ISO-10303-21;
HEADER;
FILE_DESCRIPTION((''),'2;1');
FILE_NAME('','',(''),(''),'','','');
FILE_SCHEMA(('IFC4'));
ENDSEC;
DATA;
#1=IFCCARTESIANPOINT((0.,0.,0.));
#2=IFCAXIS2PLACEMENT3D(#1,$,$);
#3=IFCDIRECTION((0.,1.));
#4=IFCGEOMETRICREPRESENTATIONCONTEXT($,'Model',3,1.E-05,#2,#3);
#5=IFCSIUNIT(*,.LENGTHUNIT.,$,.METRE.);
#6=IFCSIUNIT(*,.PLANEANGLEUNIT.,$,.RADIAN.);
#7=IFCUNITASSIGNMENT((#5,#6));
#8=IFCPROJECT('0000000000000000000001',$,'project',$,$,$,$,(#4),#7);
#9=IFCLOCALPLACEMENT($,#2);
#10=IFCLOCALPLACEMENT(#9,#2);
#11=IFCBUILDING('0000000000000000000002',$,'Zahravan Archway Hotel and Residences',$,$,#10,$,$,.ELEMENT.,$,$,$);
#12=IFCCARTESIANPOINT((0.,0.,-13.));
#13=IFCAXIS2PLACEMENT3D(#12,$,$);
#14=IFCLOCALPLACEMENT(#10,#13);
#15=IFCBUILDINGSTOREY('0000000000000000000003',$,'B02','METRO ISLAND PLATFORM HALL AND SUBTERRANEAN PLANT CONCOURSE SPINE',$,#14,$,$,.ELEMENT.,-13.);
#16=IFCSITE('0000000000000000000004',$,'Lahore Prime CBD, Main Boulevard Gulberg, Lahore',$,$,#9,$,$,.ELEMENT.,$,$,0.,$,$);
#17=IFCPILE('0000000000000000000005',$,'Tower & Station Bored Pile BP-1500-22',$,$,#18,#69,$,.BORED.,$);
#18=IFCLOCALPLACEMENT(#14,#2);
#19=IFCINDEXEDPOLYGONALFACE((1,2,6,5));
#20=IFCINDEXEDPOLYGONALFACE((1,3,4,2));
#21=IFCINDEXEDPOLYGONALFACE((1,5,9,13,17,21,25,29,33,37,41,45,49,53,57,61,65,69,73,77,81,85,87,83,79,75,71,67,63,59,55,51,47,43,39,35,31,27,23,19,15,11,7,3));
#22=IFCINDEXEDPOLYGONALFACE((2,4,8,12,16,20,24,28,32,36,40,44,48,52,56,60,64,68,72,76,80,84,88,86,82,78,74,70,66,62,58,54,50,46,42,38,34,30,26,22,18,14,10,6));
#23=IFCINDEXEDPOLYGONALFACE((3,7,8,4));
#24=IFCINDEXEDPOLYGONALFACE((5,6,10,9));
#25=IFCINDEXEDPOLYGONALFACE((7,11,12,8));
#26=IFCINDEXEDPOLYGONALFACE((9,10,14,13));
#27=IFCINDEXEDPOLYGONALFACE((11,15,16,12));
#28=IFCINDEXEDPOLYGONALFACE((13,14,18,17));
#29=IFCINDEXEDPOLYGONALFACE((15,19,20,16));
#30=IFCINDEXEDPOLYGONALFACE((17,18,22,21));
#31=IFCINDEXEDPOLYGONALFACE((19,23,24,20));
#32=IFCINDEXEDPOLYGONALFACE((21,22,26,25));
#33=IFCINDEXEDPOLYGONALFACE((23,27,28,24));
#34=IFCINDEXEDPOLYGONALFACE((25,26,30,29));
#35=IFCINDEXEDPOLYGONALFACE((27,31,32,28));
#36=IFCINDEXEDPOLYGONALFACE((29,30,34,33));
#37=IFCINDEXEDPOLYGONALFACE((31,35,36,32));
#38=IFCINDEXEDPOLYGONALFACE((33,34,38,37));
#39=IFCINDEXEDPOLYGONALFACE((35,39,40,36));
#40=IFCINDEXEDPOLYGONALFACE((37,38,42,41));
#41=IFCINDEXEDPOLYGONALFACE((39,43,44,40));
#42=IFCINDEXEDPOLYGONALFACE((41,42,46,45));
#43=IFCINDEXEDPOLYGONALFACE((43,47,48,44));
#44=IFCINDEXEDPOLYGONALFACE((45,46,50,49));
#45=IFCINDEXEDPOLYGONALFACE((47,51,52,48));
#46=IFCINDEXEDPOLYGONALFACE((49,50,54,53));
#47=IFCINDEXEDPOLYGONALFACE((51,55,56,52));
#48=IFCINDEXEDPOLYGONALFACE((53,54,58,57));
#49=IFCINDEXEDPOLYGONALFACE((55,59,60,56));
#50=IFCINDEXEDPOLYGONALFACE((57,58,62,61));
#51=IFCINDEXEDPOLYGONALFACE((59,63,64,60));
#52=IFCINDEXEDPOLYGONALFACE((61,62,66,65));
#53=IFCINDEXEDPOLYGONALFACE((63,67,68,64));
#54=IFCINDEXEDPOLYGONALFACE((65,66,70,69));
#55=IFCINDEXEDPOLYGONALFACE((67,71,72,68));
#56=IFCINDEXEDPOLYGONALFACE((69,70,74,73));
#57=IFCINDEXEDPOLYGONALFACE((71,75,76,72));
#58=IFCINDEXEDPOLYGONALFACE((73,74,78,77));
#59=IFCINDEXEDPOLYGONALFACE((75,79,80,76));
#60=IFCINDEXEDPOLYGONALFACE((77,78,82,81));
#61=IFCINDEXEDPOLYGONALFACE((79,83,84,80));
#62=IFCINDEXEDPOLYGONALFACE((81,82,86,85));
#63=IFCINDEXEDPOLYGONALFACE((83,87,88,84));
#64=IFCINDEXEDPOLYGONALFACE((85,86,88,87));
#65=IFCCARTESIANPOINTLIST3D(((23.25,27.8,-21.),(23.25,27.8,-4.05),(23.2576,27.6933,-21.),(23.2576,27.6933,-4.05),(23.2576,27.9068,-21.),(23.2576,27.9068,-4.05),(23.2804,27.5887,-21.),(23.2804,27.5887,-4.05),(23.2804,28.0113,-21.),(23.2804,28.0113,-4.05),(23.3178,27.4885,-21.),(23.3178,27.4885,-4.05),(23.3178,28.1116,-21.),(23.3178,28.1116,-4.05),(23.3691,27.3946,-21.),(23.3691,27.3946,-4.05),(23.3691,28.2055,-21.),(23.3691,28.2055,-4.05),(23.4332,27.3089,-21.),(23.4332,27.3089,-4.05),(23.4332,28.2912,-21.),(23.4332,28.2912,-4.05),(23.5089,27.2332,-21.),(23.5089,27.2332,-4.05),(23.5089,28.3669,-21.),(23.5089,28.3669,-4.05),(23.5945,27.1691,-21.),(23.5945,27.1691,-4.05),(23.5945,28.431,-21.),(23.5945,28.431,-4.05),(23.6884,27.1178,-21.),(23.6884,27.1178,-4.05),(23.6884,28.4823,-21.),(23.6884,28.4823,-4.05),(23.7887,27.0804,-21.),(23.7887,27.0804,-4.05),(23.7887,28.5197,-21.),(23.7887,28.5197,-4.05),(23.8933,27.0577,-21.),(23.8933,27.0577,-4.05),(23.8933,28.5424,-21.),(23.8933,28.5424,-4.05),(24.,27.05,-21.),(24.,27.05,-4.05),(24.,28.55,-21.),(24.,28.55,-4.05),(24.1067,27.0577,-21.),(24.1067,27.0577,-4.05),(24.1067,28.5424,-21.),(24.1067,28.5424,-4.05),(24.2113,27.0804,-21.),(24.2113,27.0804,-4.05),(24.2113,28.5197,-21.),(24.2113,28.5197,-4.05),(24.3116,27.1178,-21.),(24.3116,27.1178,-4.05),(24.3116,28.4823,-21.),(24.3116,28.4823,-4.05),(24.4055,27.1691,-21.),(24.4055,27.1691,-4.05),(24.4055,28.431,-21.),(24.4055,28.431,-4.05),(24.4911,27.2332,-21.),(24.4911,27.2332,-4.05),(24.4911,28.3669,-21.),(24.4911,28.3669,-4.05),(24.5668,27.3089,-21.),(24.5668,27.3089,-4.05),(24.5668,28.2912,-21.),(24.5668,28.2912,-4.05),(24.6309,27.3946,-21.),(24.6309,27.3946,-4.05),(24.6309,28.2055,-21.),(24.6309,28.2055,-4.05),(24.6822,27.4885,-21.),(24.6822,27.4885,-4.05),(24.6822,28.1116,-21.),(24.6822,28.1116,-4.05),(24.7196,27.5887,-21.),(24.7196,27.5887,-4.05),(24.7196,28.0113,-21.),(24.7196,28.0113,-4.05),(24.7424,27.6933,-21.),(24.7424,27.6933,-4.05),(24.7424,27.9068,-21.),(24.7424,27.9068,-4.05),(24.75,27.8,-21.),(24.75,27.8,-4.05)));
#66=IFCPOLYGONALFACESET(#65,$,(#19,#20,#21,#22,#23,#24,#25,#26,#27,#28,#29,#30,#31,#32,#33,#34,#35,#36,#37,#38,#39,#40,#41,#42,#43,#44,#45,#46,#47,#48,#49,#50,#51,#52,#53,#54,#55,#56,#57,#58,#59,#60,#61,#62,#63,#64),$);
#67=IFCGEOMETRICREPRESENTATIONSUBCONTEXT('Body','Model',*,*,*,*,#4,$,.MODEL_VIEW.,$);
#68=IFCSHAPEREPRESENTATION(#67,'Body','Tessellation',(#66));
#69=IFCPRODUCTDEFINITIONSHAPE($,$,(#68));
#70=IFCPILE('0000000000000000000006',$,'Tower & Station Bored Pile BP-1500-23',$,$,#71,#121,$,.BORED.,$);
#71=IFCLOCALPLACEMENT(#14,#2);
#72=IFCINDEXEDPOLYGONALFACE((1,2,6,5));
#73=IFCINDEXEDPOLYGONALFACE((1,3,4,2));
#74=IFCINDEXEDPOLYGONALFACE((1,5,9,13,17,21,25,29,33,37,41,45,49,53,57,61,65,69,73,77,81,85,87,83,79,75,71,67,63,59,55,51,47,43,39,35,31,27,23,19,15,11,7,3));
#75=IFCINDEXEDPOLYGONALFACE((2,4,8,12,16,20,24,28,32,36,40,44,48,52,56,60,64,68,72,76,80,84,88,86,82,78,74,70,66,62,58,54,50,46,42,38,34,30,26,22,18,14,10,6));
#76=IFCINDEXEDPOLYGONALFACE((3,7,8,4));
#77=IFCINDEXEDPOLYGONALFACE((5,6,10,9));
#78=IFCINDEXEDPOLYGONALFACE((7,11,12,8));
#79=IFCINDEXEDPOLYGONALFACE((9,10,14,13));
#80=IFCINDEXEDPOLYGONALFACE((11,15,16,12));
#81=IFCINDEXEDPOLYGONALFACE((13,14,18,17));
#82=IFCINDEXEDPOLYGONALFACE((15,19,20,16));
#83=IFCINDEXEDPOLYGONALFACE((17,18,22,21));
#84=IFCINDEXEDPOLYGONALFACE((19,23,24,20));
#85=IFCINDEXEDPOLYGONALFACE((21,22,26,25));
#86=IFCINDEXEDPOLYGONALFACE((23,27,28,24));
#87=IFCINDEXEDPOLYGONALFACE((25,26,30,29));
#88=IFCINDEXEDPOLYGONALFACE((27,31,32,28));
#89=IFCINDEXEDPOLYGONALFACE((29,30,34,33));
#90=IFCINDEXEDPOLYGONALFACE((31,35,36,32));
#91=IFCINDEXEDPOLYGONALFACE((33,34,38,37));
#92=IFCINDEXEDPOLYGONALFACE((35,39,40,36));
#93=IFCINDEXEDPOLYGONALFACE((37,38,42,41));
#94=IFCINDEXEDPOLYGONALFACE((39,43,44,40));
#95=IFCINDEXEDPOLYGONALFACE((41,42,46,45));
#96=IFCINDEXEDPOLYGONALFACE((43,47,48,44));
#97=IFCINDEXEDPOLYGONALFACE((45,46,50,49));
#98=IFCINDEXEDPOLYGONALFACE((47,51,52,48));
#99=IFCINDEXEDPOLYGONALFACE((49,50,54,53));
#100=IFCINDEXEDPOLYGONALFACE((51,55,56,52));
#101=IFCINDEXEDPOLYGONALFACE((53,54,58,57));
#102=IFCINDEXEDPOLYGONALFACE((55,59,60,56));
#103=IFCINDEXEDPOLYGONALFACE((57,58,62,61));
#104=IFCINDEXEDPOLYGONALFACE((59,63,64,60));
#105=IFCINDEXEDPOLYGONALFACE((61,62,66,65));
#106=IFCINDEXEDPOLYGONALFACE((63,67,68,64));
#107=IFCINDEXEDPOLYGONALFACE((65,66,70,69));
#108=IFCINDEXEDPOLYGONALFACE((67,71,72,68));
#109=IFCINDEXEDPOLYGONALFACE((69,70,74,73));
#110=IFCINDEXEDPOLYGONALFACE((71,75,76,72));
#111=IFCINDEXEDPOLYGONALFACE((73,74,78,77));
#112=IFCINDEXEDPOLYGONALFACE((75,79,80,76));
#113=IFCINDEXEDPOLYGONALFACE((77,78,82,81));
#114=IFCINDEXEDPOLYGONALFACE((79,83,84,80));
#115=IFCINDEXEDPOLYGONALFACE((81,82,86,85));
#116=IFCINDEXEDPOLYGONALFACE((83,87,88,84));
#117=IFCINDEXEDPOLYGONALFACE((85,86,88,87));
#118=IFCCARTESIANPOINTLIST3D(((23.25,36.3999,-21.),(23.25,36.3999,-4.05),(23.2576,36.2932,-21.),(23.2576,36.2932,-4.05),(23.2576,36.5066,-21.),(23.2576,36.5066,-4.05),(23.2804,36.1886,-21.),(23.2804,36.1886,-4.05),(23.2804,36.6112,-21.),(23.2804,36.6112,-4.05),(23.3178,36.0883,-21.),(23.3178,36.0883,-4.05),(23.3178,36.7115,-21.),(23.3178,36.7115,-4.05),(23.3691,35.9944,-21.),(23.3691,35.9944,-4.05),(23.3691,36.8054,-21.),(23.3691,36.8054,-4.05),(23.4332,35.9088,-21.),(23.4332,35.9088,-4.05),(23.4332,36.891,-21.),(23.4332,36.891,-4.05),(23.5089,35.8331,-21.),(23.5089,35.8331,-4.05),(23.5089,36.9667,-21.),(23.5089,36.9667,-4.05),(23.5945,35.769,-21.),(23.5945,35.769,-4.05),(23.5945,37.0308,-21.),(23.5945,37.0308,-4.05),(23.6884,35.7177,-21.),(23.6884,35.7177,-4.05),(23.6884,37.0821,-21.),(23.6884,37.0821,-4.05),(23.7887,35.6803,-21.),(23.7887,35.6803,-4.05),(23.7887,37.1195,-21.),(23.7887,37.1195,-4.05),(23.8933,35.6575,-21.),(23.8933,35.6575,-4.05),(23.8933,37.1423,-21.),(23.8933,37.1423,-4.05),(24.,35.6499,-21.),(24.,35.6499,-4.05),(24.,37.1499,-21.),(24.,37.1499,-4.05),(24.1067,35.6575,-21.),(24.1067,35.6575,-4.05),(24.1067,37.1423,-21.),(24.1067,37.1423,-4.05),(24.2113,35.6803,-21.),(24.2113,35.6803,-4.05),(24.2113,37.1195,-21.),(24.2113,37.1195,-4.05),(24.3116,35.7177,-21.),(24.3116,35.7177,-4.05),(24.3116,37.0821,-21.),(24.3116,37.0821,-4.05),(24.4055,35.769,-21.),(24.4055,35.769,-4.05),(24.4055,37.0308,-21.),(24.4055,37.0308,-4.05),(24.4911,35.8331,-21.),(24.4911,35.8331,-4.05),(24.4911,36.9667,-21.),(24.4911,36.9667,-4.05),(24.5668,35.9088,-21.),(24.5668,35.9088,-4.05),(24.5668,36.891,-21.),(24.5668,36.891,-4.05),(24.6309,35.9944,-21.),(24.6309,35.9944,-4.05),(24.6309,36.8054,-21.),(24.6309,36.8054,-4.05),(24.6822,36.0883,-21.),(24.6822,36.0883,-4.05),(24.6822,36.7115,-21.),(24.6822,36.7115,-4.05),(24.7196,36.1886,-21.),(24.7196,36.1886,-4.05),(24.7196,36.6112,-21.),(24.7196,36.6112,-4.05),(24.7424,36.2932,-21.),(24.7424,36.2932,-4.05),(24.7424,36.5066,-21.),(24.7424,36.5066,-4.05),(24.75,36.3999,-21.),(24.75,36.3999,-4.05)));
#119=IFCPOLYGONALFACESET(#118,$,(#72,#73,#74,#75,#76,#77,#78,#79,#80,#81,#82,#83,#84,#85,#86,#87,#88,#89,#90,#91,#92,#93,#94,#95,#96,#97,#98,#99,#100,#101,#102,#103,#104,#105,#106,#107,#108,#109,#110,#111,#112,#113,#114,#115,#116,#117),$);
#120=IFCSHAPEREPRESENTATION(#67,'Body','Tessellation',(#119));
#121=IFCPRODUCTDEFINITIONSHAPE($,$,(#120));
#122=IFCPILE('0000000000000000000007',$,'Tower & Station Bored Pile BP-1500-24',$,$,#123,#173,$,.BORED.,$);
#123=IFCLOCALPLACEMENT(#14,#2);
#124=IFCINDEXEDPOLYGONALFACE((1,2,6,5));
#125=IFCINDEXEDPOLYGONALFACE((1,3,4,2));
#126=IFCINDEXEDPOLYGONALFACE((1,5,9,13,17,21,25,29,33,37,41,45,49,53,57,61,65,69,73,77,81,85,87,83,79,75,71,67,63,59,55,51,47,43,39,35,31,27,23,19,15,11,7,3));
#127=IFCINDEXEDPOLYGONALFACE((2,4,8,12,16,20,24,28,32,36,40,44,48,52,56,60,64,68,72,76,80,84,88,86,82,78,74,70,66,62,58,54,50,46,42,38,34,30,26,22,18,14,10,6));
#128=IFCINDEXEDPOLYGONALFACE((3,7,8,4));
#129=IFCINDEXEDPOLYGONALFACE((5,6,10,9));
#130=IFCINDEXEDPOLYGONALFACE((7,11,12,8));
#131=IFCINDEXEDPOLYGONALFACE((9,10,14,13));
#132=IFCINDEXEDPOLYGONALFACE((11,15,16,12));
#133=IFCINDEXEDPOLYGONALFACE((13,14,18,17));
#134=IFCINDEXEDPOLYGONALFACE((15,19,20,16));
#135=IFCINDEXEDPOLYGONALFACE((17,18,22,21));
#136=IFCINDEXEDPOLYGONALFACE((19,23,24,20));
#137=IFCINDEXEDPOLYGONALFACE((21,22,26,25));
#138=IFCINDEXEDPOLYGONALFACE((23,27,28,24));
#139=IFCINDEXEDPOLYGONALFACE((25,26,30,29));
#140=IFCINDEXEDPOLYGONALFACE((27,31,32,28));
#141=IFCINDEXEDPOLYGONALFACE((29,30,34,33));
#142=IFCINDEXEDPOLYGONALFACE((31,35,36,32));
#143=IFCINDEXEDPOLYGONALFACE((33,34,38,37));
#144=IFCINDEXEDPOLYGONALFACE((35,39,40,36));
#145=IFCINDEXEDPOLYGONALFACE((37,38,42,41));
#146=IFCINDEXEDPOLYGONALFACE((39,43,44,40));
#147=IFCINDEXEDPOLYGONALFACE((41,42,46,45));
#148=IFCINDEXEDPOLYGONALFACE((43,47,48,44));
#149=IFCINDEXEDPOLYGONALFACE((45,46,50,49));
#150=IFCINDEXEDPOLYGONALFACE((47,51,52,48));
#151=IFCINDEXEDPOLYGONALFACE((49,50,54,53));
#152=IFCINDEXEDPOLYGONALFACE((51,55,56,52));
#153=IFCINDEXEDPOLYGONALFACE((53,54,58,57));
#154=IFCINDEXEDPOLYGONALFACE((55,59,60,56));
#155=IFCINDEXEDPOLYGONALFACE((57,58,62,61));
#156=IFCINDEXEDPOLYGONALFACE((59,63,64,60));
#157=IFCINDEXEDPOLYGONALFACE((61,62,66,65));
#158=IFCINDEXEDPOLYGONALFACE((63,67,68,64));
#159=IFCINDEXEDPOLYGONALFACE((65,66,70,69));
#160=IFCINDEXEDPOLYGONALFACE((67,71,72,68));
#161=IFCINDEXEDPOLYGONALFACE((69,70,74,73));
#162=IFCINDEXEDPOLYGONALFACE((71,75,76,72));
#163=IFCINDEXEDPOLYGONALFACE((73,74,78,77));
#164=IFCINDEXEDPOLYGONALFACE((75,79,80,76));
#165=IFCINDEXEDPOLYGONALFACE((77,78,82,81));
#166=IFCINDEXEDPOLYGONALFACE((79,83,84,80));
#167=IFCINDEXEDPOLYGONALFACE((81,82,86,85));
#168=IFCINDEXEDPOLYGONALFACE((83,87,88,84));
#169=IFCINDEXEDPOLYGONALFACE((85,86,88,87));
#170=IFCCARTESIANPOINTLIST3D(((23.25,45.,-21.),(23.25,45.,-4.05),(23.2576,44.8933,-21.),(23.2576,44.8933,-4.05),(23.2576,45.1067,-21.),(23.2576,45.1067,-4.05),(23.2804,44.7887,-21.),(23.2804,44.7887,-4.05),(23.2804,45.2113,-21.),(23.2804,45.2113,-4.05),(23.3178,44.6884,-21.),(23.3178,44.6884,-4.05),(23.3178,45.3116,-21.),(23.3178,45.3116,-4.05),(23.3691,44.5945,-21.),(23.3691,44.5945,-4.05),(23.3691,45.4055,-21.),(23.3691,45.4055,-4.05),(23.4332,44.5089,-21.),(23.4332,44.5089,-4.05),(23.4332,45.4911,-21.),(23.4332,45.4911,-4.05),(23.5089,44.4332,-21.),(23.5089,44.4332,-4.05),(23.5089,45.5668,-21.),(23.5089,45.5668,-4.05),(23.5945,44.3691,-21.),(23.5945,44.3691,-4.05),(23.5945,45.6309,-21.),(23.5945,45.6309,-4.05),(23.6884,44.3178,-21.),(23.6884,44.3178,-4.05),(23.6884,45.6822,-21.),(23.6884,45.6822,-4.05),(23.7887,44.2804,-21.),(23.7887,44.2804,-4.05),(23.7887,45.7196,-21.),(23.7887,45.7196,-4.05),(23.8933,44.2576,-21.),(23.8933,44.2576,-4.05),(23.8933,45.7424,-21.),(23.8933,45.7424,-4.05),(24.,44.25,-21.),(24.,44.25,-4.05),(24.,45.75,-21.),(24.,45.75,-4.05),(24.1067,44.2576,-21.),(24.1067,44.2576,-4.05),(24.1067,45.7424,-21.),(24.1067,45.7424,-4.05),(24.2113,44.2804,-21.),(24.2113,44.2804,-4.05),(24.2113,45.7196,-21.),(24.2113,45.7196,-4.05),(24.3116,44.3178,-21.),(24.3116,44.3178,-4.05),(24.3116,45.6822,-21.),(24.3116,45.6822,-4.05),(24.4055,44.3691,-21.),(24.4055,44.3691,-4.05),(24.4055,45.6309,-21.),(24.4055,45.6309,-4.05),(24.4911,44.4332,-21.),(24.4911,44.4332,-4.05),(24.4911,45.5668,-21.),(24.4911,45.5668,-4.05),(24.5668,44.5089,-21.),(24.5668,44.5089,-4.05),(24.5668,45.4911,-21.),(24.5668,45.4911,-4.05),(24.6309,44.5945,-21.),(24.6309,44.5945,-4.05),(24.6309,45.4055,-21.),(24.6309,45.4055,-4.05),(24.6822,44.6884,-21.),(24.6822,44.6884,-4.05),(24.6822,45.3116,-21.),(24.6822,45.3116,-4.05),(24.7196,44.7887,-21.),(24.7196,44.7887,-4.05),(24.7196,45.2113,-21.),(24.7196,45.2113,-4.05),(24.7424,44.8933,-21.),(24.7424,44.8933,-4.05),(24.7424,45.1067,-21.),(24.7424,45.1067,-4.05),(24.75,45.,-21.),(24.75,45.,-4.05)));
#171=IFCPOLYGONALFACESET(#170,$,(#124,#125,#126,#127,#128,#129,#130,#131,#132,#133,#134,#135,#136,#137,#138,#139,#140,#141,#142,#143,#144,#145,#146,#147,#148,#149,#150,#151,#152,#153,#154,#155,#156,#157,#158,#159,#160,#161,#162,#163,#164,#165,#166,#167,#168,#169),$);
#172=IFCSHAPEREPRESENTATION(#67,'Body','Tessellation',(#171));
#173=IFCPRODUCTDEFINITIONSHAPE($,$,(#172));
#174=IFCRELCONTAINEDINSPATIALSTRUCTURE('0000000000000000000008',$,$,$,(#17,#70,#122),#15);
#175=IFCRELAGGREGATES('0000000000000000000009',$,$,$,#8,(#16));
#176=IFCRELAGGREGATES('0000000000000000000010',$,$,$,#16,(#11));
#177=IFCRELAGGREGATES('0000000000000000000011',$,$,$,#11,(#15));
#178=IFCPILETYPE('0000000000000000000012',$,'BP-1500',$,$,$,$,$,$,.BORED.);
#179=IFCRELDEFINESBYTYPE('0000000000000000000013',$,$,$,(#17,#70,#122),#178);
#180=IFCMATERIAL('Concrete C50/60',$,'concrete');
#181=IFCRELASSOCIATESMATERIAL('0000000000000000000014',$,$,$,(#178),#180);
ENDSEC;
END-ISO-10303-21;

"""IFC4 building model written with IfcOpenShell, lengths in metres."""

from ifc_helpers import new_model, si_unit, direction, frame, origin, origin_2d, place, context, subcontext, project, spatial, circle, extrude, source, transform, mapped, material, material_profile, profile_set, type_object, type_shapes, element, save


model = new_model("IFC4")

# Units and contexts
model_context = context("Model", 3, precision=1e-05, world=origin(), true_north=direction((0.0, 1.0)))
body_context = subcontext(model_context, "Body", "Model", "MODEL_VIEW")
ifc_project = project(units=[si_unit("LENGTHUNIT", "METRE"), si_unit("PLANEANGLEUNIT", "RADIAN")], contexts=[model_context])

# Site, building, storey
site_placement = place(None, origin())
site = spatial("IfcSite", under=ifc_project, at=site_placement, Name="Lahore Prime CBD, Main Boulevard Gulberg, Lahore", CompositionType="ELEMENT", RefElevation=0.0)
building_placement = place(site_placement, origin())
building = spatial("IfcBuilding", under=site, at=building_placement, Name="Zahravan Archway Hotel and Residences", CompositionType="ELEMENT")
storey_placement = place(building_placement, frame((0.0, 0.0, -13.0)))
storey = spatial("IfcBuildingStorey", under=building, at=storey_placement, Name="B02", Description="METRO ISLAND PLATFORM HALL AND SUBTERRANEAN PLANT CONCOURSE SPINE", CompositionType="ELEMENT", Elevation=-13.0)

# Piles
ifc_material_1 = material(Name="Concrete C50/60", Category="concrete")
ifc_material_profile_1 = material_profile(ifc_material_1, circle(Radius=0.75, at=origin_2d()), Name="PILE D1500", Category="concrete")
ifc_profile_set_1 = profile_set([ifc_material_profile_1], Name="Concrete C50/60")
pile_type = type_object("IfcPileType", Name="BP-1500", PredefinedType="BORED", material=ifc_profile_set_1)
shared_shape_1 = source(origin(), body_context, "Body", "SweptSolid", [
    extrude(circle(Radius=0.75, at=origin_2d()), origin(), (0.0, 0.0, 1.0), 16.95),
])
type_shapes(pile_type, [shared_shape_1])
for number, where, z_axis, x_axis, name in (
    (1, (24.0, 27.8, -4.05), (0.0, 0.0, -1.0), (1.0, 0.0, 0.0), "Tower & Station Bored Pile BP-1500-22"),
    (2, (24.0, 36.3999, -4.05), (0.0, 0.0, -1.0), (1.0, 0.0, 0.0), "Tower & Station Bored Pile BP-1500-23"),
    (3, (24.0, 45.0, -4.05), (0.0, 0.0, -1.0), (1.0, 0.0, 0.0), "Tower & Station Bored Pile BP-1500-24"),
):
    element("IfcPile", number, at=place(storey_placement, frame(where, z_axis=z_axis, x_axis=x_axis)), inside=storey, type_object=pile_type, Name=name, PredefinedType="BORED", context=body_context, shape_type="MappedRepresentation", body=[
        mapped(shared_shape_1, transform((0.0, 0.0, 0.0), scale=1.0)),
    ])

save(model, "model.ifc")
